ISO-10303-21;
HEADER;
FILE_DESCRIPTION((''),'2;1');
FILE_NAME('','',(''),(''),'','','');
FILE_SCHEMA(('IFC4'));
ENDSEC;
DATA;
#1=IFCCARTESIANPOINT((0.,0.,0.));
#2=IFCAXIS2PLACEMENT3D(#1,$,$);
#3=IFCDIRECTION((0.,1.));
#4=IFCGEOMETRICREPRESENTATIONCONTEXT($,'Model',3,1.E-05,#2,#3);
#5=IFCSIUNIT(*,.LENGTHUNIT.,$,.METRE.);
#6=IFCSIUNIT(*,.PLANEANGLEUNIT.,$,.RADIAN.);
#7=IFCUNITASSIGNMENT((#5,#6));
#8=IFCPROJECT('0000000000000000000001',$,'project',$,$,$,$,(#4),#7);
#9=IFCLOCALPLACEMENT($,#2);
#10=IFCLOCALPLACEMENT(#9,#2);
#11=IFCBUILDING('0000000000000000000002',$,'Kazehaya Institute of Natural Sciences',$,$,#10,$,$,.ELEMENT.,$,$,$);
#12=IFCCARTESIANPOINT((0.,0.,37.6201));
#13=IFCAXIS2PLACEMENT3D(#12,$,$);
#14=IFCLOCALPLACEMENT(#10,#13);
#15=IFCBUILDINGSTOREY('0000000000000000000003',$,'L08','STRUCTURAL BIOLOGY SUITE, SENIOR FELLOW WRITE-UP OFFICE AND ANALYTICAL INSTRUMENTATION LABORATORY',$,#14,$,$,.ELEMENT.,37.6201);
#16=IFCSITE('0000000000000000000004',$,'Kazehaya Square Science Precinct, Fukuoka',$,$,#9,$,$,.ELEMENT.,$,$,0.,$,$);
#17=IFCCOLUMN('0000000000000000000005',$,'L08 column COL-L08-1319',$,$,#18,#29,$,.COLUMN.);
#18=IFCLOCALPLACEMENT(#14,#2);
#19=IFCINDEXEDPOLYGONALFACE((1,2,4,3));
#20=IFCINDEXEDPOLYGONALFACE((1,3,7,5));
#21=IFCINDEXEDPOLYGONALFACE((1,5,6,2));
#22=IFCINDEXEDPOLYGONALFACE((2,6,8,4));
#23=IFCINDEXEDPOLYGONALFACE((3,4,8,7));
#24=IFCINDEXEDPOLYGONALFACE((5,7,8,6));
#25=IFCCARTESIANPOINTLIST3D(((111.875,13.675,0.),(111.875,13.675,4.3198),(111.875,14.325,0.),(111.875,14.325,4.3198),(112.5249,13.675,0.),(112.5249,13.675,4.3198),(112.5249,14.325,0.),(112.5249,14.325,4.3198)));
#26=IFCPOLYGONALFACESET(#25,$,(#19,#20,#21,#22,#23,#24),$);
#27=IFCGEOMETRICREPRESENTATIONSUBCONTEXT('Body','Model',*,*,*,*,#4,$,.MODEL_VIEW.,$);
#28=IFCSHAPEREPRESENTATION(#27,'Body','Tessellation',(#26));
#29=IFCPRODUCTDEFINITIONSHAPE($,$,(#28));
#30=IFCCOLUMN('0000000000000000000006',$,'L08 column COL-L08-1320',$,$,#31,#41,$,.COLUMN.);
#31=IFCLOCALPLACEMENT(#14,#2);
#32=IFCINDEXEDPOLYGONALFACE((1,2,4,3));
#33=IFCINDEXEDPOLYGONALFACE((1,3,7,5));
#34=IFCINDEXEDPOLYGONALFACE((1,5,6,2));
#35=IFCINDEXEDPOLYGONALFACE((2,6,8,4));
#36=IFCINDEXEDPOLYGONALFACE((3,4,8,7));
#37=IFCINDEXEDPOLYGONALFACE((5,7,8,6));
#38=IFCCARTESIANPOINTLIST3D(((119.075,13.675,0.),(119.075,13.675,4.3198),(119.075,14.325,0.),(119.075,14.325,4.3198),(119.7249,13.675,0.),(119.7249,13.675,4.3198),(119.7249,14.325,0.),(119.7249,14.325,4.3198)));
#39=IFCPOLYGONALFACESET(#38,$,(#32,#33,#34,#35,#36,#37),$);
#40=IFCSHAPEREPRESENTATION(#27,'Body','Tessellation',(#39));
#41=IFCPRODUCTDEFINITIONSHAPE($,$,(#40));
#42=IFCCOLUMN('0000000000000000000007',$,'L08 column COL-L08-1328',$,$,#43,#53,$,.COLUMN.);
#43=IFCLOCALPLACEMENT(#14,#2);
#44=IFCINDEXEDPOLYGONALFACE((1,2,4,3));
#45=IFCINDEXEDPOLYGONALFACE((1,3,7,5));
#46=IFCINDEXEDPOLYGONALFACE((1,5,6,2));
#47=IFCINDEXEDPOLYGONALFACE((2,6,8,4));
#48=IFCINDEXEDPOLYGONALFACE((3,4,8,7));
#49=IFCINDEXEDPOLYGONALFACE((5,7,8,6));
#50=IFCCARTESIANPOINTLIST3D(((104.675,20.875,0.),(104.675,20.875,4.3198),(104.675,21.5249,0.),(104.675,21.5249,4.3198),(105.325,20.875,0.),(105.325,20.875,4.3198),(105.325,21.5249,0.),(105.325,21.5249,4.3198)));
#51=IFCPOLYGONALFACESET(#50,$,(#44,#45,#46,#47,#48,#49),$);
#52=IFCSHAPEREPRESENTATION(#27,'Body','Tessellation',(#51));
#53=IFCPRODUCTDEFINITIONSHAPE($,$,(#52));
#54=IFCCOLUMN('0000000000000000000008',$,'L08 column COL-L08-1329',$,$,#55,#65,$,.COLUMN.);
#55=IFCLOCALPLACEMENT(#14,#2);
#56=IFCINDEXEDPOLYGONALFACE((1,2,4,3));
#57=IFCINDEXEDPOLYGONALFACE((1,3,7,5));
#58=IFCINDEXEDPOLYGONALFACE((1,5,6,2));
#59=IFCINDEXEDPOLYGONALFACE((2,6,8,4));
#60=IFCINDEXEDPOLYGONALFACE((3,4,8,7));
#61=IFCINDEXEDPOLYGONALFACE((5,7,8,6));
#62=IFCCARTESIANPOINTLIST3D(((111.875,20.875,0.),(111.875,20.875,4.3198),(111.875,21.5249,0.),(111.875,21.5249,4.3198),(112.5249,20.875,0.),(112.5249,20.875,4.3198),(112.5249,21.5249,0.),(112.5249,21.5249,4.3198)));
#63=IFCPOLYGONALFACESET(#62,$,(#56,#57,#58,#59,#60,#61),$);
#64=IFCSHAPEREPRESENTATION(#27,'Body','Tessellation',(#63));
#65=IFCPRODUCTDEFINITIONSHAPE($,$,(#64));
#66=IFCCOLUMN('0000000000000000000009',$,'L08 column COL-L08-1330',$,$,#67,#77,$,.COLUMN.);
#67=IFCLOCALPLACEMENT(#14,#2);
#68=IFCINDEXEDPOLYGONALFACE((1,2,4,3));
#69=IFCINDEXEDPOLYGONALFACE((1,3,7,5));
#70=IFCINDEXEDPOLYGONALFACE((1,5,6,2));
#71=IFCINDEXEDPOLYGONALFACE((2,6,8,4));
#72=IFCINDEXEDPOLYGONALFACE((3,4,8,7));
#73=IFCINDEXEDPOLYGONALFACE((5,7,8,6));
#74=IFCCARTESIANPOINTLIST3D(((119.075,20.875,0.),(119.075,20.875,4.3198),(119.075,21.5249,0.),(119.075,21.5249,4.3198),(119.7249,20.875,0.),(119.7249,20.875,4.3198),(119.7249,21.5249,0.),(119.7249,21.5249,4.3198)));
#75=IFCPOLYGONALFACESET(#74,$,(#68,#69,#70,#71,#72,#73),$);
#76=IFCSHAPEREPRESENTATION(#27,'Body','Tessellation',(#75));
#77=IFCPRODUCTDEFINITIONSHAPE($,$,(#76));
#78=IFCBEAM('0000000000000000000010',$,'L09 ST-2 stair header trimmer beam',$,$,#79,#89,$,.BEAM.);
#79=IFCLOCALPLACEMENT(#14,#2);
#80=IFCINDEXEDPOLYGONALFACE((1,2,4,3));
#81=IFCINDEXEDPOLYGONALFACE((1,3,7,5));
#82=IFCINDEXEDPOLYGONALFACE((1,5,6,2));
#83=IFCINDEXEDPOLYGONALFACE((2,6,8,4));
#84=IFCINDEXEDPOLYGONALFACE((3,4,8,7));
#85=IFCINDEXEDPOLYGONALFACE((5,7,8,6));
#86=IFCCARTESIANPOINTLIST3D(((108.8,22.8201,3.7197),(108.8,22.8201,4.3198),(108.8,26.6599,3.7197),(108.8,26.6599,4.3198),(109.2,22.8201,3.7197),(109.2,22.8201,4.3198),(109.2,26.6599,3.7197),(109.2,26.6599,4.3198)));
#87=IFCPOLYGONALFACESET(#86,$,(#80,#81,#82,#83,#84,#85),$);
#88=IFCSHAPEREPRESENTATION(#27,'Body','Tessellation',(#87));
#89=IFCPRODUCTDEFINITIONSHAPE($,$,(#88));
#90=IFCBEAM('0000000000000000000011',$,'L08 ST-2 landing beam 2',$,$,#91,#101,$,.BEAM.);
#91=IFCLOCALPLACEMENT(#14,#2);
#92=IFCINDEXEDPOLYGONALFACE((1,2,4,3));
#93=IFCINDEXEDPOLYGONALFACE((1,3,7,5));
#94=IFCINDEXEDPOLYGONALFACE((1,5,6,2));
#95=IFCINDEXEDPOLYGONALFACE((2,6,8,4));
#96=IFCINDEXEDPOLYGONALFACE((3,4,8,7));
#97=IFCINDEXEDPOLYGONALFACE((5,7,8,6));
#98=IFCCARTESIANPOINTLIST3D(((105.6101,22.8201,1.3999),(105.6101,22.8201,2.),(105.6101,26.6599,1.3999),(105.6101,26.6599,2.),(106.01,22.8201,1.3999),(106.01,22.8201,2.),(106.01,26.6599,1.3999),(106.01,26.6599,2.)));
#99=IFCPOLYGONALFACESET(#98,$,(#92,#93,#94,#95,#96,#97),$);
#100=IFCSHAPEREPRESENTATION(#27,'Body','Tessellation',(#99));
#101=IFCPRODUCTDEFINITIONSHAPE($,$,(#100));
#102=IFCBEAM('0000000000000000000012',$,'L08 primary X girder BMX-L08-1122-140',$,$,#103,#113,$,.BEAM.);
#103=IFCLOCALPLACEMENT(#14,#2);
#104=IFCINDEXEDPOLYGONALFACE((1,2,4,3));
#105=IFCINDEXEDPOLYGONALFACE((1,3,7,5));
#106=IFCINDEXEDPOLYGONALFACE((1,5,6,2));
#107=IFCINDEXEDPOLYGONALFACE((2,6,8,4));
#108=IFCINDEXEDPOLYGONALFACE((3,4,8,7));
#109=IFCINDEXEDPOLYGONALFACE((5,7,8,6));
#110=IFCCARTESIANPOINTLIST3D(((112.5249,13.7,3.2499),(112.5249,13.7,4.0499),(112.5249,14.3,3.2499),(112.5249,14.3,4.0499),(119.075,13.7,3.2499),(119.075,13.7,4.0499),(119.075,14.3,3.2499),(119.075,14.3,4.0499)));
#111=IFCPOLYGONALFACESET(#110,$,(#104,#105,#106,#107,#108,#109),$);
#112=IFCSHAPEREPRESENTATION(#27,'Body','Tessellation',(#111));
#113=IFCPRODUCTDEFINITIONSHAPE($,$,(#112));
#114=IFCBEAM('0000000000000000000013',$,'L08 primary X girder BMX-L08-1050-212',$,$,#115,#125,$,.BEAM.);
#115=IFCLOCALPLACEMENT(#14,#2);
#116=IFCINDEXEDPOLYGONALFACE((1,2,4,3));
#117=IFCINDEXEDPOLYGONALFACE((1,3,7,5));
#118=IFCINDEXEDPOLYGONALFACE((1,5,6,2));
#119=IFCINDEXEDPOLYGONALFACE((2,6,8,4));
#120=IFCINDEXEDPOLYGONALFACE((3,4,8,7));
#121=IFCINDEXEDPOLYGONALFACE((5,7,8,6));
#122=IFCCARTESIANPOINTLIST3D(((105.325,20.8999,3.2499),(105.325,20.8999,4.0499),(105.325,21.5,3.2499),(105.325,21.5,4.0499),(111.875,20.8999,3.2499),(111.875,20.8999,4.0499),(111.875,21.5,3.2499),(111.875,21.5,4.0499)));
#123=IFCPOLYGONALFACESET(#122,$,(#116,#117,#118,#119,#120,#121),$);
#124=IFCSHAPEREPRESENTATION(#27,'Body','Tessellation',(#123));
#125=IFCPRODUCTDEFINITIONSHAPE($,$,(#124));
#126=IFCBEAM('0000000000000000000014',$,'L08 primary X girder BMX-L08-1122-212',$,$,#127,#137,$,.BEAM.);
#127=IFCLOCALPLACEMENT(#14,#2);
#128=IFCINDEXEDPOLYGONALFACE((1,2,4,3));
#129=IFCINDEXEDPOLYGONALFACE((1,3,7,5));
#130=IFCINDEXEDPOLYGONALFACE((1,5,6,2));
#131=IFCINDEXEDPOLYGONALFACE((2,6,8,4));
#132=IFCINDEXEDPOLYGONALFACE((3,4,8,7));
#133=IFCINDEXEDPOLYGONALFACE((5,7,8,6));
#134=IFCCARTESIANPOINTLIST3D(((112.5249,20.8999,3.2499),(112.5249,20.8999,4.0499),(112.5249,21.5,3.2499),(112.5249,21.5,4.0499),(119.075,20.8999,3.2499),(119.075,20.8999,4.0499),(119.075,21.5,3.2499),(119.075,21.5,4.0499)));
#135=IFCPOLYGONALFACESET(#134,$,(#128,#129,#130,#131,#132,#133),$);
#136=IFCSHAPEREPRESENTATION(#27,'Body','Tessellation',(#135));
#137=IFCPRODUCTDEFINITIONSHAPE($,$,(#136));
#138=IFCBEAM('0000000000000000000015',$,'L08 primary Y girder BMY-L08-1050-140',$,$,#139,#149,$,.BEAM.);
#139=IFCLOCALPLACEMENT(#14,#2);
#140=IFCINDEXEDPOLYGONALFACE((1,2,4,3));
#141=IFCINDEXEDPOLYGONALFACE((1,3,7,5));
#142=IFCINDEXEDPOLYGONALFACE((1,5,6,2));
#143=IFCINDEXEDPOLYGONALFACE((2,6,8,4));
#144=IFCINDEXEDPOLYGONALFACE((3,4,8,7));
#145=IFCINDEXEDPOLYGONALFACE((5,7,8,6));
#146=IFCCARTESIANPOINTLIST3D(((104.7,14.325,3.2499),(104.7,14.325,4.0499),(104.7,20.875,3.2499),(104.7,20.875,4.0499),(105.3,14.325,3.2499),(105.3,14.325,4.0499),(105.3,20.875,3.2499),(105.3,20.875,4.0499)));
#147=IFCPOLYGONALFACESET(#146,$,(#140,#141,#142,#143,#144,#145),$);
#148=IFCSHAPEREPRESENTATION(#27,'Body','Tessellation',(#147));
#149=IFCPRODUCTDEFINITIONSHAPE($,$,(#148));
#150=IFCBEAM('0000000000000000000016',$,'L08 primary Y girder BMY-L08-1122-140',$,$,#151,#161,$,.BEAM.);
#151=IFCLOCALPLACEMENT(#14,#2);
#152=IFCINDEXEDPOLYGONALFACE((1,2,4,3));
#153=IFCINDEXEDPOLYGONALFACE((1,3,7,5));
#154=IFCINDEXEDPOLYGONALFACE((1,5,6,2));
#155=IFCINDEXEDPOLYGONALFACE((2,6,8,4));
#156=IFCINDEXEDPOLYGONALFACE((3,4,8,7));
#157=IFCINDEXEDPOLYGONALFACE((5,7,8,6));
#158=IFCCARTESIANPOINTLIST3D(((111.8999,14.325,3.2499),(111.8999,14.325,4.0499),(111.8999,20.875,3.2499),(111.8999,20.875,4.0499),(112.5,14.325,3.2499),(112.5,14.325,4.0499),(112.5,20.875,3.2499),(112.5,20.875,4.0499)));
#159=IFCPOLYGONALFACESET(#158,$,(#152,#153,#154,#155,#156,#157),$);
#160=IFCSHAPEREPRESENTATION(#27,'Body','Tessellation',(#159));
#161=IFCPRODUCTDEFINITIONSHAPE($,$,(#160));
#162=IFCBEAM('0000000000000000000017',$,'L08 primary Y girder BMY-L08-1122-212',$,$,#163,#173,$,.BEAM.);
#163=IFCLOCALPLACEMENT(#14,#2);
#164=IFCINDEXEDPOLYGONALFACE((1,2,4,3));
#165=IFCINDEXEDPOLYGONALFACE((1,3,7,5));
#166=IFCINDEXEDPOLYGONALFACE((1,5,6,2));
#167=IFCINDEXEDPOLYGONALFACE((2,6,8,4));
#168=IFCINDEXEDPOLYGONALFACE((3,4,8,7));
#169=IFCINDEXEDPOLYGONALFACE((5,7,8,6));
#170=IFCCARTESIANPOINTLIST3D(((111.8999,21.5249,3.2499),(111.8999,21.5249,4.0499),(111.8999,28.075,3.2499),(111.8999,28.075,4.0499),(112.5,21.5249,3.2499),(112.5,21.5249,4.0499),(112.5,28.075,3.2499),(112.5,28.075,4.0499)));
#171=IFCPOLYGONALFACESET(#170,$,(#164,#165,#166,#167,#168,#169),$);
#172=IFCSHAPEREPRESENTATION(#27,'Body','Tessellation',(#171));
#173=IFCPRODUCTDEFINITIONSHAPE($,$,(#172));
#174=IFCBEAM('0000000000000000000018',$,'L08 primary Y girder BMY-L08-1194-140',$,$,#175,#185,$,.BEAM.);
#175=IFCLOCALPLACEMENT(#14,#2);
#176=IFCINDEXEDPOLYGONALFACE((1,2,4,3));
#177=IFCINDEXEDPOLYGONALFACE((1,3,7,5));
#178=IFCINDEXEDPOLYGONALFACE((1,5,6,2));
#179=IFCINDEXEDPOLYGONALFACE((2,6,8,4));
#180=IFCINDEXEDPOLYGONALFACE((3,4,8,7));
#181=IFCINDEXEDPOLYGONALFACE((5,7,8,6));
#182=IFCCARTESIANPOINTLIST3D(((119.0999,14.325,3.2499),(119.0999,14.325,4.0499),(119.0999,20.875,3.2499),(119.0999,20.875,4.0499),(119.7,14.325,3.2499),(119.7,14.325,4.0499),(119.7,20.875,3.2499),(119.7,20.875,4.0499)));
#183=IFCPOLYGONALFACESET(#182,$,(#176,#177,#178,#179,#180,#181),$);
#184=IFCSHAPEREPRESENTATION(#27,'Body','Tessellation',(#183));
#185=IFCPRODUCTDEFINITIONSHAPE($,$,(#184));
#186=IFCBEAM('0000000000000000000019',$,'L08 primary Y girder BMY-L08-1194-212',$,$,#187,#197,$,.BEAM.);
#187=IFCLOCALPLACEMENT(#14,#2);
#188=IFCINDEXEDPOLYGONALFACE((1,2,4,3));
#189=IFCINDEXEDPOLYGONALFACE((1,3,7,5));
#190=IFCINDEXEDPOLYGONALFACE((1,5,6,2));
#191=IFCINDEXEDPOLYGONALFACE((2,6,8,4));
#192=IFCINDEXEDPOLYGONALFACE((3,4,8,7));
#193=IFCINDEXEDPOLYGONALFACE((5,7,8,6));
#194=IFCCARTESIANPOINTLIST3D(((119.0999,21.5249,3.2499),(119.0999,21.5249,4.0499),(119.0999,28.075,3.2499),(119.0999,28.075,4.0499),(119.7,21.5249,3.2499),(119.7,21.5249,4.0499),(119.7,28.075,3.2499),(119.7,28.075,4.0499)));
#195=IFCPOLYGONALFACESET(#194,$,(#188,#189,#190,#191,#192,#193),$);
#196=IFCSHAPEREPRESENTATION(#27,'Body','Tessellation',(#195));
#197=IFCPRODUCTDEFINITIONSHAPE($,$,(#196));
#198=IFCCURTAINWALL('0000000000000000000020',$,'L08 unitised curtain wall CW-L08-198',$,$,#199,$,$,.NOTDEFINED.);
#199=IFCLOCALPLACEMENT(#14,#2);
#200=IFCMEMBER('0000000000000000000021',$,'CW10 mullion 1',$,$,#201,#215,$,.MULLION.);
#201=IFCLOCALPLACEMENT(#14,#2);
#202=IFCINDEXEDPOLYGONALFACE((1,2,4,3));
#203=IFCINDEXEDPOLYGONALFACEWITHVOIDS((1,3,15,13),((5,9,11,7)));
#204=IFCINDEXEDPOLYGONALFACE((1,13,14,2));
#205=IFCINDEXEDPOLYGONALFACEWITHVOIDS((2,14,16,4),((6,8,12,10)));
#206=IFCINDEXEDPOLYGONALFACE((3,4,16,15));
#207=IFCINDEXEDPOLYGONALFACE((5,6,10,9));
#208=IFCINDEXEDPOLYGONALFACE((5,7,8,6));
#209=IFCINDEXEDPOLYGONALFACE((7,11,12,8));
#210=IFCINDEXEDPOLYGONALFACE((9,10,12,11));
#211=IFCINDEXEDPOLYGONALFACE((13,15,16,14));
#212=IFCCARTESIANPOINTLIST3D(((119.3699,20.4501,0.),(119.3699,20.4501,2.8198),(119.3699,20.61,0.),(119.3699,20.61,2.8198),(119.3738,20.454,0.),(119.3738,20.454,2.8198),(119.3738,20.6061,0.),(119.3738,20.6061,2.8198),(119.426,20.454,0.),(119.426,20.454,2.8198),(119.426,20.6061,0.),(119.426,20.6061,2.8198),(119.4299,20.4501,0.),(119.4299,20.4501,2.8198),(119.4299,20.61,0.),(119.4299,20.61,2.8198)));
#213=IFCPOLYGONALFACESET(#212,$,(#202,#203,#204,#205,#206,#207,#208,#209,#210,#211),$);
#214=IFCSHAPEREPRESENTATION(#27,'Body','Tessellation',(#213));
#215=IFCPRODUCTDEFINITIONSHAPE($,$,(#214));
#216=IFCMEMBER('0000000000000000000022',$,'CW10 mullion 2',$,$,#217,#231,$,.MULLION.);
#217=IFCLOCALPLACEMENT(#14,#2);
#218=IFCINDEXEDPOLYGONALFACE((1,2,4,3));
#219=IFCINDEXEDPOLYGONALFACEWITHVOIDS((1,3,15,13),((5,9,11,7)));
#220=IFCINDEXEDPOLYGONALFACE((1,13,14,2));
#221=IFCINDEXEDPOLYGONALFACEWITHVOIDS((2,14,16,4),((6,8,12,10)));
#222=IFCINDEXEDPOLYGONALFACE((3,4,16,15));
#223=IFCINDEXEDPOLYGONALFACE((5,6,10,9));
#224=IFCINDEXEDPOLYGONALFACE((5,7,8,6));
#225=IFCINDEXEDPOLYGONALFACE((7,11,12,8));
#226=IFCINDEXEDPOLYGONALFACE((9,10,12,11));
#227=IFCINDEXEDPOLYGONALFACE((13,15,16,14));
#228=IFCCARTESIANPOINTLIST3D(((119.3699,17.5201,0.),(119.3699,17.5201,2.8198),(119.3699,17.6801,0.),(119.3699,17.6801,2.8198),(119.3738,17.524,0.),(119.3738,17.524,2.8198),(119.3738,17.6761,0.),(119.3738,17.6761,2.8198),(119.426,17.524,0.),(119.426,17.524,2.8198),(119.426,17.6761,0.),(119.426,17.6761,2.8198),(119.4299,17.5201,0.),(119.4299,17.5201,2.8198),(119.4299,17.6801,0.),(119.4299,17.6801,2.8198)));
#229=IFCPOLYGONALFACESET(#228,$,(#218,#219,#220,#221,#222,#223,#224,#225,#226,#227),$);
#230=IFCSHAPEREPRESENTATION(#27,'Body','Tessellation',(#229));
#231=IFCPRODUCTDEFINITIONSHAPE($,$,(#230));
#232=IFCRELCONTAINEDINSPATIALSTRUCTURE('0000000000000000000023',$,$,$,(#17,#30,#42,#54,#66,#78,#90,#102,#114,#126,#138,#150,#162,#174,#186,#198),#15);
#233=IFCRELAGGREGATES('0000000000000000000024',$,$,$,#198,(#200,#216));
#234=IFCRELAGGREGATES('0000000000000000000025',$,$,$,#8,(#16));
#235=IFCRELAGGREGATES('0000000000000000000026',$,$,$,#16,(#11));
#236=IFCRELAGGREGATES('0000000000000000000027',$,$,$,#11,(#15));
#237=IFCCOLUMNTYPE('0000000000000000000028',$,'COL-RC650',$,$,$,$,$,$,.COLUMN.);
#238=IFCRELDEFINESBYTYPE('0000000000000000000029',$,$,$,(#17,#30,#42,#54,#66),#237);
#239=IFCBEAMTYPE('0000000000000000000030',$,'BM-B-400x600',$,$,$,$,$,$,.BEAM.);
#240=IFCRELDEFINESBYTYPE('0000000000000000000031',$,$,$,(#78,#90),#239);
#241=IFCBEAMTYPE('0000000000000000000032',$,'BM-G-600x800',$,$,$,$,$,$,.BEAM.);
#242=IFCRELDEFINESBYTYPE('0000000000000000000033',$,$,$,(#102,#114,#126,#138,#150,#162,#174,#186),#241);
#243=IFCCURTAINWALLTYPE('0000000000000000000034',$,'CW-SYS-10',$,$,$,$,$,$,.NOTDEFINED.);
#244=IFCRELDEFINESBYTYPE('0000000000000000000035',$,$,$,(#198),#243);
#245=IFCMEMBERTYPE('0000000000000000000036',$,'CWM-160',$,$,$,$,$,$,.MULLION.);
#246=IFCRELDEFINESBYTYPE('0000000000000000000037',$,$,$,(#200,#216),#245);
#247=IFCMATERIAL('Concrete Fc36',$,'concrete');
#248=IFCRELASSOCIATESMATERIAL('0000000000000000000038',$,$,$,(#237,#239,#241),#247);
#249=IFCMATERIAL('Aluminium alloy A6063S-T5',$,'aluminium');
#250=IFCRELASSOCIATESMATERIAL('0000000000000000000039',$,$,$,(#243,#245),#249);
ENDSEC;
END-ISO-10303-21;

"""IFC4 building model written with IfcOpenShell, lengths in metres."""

from ifc_helpers import new_model, si_unit, direction, frame, origin, origin_2d, place, context, subcontext, project, spatial, rectangle, hollow_rectangle, extrude, material, material_profile, profile_set, type_object, element, aggregate, save


model = new_model("IFC4")

# Units and contexts
model_context = context("Model", 3, precision=1e-05, world=origin(), true_north=direction((0.0, 1.0)))
body_context = subcontext(model_context, "Body", "Model", "MODEL_VIEW")
ifc_project = project(units=[si_unit("LENGTHUNIT", "METRE"), si_unit("PLANEANGLEUNIT", "RADIAN")], contexts=[model_context])

# Site, building, storey
site_placement = place(None, origin())
site = spatial("IfcSite", under=ifc_project, at=site_placement, Name="Kazehaya Square Science Precinct, Fukuoka", CompositionType="ELEMENT", RefElevation=0.0)
building_placement = place(site_placement, origin())
building = spatial("IfcBuilding", under=site, at=building_placement, Name="Kazehaya Institute of Natural Sciences", CompositionType="ELEMENT")
storey_placement = place(building_placement, frame((0.0, 0.0, 37.6201)))
storey = spatial("IfcBuildingStorey", under=building, at=storey_placement, Name="L08", Description="STRUCTURAL BIOLOGY SUITE, SENIOR FELLOW WRITE-UP OFFICE AND ANALYTICAL INSTRUMENTATION LABORATORY", CompositionType="ELEMENT", Elevation=37.6201)

# Columns
ifc_material_1 = material(Name="Concrete Fc36", Category="concrete")
ifc_material_profile_1 = material_profile(ifc_material_1, rectangle(XDim=0.6499, YDim=0.6499, at=origin_2d()), Name="RC-650x650")
ifc_profile_set_1 = profile_set([ifc_material_profile_1], Name="Concrete Fc36")
column_type = type_object("IfcColumnType", Name="COL-RC650", PredefinedType="COLUMN", material=ifc_profile_set_1)
for number, where, z_axis, x_axis, name in (
    (1, (112.2, 14.0, 0.0), (0.0, 0.0, 1.0), (1.0, 0.0, 0.0), "L08 column COL-L08-1319"),
    (2, (119.3999, 14.0, 0.0), (0.0, 0.0, 1.0), (1.0, 0.0, 0.0), "L08 column COL-L08-1320"),
    (3, (105.0, 21.2, 0.0), (0.0, 0.0, 1.0), (1.0, 0.0, 0.0), "L08 column COL-L08-1328"),
    (4, (112.2, 21.2, 0.0), (0.0, 0.0, 1.0), (1.0, 0.0, 0.0), "L08 column COL-L08-1329"),
    (5, (119.3999, 21.2, 0.0), (0.0, 0.0, 1.0), (1.0, 0.0, 0.0), "L08 column COL-L08-1330"),
):
    element("IfcColumn", number, at=place(storey_placement, frame(where, z_axis=z_axis, x_axis=x_axis)), inside=storey, type_object=column_type, Name=name, PredefinedType="COLUMN", context=body_context, shape_type="SweptSolid", body=[
        extrude(rectangle(XDim=0.6499, YDim=0.6499, at=origin_2d()), origin(), (0.0, 0.0, 1.0), 4.3198),
    ])

# Beams
ifc_material_profile_2 = material_profile(ifc_material_1, rectangle(XDim=0.3999, YDim=0.6001, at=origin_2d()), Name="RC-400x600")
ifc_profile_set_2 = profile_set([ifc_material_profile_2], Name="Concrete Fc36")
beam_type_1 = type_object("IfcBeamType", Name="BM-B-400x600", PredefinedType="BEAM", material=ifc_profile_set_2)
for number, where, z_axis, x_axis, name in (
    (6, (109.0, 22.8201, 4.0198), (0.0, 1.0, 0.0), (-1.0, 0.0, 0.0), "L09 ST-2 stair header trimmer beam"),
    (7, (105.8101, 22.8201, 1.7), (0.0, 1.0, 0.0), (-1.0, 0.0, 0.0), "L08 ST-2 landing beam 2"),
):
    element("IfcBeam", number, at=place(storey_placement, frame(where, z_axis=z_axis, x_axis=x_axis)), inside=storey, type_object=beam_type_1, Name=name, PredefinedType="BEAM", context=body_context, shape_type="SweptSolid", body=[
        extrude(rectangle(XDim=0.3999, YDim=0.6001, at=origin_2d()), origin(), (0.0, 0.0, 1.0), 3.8398),
    ])
ifc_material_profile_3 = material_profile(ifc_material_1, rectangle(XDim=0.6001, YDim=0.8, at=origin_2d()), Name="RC-600x800")
ifc_profile_set_3 = profile_set([ifc_material_profile_3], Name="Concrete Fc36")
beam_type_2 = type_object("IfcBeamType", Name="BM-G-600x800", PredefinedType="BEAM", material=ifc_profile_set_3)
for number, where, z_axis, x_axis, name in (
    (8, (112.5249, 14.0, 3.6499), (1.0, 0.0, 0.0), (0.0, 1.0, 0.0), "L08 primary X girder BMX-L08-1122-140"),
    (9, (105.325, 21.2, 3.6499), (1.0, 0.0, 0.0), (0.0, 1.0, 0.0), "L08 primary X girder BMX-L08-1050-212"),
    (10, (112.5249, 21.2, 3.6499), (1.0, 0.0, 0.0), (0.0, 1.0, 0.0), "L08 primary X girder BMX-L08-1122-212"),
    (11, (105.0, 14.325, 3.6499), (0.0, 1.0, 0.0), (-1.0, 0.0, 0.0), "L08 primary Y girder BMY-L08-1050-140"),
    (12, (112.2, 14.325, 3.6499), (0.0, 1.0, 0.0), (-1.0, 0.0, 0.0), "L08 primary Y girder BMY-L08-1122-140"),
    (13, (112.2, 21.5249, 3.6499), (0.0, 1.0, 0.0), (-1.0, 0.0, 0.0), "L08 primary Y girder BMY-L08-1122-212"),
    (14, (119.3999, 14.325, 3.6499), (0.0, 1.0, 0.0), (-1.0, 0.0, 0.0), "L08 primary Y girder BMY-L08-1194-140"),
    (15, (119.3999, 21.5249, 3.6499), (0.0, 1.0, 0.0), (-1.0, 0.0, 0.0), "L08 primary Y girder BMY-L08-1194-212"),
):
    element("IfcBeam", number, at=place(storey_placement, frame(where, z_axis=z_axis, x_axis=x_axis)), inside=storey, type_object=beam_type_2, Name=name, PredefinedType="BEAM", context=body_context, shape_type="SweptSolid", body=[
        extrude(rectangle(XDim=0.6001, YDim=0.8, at=origin_2d()), origin(), (0.0, 0.0, 1.0), 6.55),
    ])

# Curtain wall, members
ifc_material_2 = material(Name="Aluminium alloy A6063S-T5", Category="aluminium")
curtain_wall_type = type_object("IfcCurtainWallType", Name="CW-SYS-10", PredefinedType="NOTDEFINED", material=ifc_material_2)
curtain_wall_1_placement = place(storey_placement, origin())
curtain_wall_1 = element("IfcCurtainWall", 16, at=curtain_wall_1_placement, inside=storey, type_object=curtain_wall_type, Name="L08 unitised curtain wall CW-L08-198", PredefinedType="NOTDEFINED")
ifc_material_profile_4 = material_profile(ifc_material_2, hollow_rectangle(XDim=0.0601, YDim=0.1599, WallThickness=0.0039, at=origin_2d()), Name="ALU-60x160x4")
ifc_profile_set_4 = profile_set([ifc_material_profile_4], Name="Aluminium alloy A6063S-T5")
member_type_1 = type_object("IfcMemberType", Name="CWM-160", PredefinedType="MULLION", material=ifc_profile_set_4)
member_1_placement = place(storey_placement, frame((119.3999, 20.53, 0.0), z_axis=(0.0, 0.0, 1.0), x_axis=(1.0, 0.0, 0.0)))
member_1 = element("IfcMember", 17, at=member_1_placement, type_object=member_type_1, Name="CW10 mullion 1", PredefinedType="MULLION", context=body_context, shape_type="SweptSolid", body=[
    extrude(hollow_rectangle(XDim=0.0601, YDim=0.1599, WallThickness=0.0039, at=origin_2d()), origin(), (0.0, 0.0, 1.0), 2.8198),
])
member_2_placement = place(storey_placement, frame((119.3999, 17.6001, 0.0), z_axis=(0.0, 0.0, 1.0), x_axis=(1.0, 0.0, 0.0)))
member_2 = element("IfcMember", 18, at=member_2_placement, type_object=member_type_1, Name="CW10 mullion 2", PredefinedType="MULLION", context=body_context, shape_type="SweptSolid", body=[
    extrude(hollow_rectangle(XDim=0.0601, YDim=0.1599, WallThickness=0.0039, at=origin_2d()), origin(), (0.0, 0.0, 1.0), 2.8198),
])

aggregate(curtain_wall_1, [member_1, member_2])

save(model, "model.ifc")
